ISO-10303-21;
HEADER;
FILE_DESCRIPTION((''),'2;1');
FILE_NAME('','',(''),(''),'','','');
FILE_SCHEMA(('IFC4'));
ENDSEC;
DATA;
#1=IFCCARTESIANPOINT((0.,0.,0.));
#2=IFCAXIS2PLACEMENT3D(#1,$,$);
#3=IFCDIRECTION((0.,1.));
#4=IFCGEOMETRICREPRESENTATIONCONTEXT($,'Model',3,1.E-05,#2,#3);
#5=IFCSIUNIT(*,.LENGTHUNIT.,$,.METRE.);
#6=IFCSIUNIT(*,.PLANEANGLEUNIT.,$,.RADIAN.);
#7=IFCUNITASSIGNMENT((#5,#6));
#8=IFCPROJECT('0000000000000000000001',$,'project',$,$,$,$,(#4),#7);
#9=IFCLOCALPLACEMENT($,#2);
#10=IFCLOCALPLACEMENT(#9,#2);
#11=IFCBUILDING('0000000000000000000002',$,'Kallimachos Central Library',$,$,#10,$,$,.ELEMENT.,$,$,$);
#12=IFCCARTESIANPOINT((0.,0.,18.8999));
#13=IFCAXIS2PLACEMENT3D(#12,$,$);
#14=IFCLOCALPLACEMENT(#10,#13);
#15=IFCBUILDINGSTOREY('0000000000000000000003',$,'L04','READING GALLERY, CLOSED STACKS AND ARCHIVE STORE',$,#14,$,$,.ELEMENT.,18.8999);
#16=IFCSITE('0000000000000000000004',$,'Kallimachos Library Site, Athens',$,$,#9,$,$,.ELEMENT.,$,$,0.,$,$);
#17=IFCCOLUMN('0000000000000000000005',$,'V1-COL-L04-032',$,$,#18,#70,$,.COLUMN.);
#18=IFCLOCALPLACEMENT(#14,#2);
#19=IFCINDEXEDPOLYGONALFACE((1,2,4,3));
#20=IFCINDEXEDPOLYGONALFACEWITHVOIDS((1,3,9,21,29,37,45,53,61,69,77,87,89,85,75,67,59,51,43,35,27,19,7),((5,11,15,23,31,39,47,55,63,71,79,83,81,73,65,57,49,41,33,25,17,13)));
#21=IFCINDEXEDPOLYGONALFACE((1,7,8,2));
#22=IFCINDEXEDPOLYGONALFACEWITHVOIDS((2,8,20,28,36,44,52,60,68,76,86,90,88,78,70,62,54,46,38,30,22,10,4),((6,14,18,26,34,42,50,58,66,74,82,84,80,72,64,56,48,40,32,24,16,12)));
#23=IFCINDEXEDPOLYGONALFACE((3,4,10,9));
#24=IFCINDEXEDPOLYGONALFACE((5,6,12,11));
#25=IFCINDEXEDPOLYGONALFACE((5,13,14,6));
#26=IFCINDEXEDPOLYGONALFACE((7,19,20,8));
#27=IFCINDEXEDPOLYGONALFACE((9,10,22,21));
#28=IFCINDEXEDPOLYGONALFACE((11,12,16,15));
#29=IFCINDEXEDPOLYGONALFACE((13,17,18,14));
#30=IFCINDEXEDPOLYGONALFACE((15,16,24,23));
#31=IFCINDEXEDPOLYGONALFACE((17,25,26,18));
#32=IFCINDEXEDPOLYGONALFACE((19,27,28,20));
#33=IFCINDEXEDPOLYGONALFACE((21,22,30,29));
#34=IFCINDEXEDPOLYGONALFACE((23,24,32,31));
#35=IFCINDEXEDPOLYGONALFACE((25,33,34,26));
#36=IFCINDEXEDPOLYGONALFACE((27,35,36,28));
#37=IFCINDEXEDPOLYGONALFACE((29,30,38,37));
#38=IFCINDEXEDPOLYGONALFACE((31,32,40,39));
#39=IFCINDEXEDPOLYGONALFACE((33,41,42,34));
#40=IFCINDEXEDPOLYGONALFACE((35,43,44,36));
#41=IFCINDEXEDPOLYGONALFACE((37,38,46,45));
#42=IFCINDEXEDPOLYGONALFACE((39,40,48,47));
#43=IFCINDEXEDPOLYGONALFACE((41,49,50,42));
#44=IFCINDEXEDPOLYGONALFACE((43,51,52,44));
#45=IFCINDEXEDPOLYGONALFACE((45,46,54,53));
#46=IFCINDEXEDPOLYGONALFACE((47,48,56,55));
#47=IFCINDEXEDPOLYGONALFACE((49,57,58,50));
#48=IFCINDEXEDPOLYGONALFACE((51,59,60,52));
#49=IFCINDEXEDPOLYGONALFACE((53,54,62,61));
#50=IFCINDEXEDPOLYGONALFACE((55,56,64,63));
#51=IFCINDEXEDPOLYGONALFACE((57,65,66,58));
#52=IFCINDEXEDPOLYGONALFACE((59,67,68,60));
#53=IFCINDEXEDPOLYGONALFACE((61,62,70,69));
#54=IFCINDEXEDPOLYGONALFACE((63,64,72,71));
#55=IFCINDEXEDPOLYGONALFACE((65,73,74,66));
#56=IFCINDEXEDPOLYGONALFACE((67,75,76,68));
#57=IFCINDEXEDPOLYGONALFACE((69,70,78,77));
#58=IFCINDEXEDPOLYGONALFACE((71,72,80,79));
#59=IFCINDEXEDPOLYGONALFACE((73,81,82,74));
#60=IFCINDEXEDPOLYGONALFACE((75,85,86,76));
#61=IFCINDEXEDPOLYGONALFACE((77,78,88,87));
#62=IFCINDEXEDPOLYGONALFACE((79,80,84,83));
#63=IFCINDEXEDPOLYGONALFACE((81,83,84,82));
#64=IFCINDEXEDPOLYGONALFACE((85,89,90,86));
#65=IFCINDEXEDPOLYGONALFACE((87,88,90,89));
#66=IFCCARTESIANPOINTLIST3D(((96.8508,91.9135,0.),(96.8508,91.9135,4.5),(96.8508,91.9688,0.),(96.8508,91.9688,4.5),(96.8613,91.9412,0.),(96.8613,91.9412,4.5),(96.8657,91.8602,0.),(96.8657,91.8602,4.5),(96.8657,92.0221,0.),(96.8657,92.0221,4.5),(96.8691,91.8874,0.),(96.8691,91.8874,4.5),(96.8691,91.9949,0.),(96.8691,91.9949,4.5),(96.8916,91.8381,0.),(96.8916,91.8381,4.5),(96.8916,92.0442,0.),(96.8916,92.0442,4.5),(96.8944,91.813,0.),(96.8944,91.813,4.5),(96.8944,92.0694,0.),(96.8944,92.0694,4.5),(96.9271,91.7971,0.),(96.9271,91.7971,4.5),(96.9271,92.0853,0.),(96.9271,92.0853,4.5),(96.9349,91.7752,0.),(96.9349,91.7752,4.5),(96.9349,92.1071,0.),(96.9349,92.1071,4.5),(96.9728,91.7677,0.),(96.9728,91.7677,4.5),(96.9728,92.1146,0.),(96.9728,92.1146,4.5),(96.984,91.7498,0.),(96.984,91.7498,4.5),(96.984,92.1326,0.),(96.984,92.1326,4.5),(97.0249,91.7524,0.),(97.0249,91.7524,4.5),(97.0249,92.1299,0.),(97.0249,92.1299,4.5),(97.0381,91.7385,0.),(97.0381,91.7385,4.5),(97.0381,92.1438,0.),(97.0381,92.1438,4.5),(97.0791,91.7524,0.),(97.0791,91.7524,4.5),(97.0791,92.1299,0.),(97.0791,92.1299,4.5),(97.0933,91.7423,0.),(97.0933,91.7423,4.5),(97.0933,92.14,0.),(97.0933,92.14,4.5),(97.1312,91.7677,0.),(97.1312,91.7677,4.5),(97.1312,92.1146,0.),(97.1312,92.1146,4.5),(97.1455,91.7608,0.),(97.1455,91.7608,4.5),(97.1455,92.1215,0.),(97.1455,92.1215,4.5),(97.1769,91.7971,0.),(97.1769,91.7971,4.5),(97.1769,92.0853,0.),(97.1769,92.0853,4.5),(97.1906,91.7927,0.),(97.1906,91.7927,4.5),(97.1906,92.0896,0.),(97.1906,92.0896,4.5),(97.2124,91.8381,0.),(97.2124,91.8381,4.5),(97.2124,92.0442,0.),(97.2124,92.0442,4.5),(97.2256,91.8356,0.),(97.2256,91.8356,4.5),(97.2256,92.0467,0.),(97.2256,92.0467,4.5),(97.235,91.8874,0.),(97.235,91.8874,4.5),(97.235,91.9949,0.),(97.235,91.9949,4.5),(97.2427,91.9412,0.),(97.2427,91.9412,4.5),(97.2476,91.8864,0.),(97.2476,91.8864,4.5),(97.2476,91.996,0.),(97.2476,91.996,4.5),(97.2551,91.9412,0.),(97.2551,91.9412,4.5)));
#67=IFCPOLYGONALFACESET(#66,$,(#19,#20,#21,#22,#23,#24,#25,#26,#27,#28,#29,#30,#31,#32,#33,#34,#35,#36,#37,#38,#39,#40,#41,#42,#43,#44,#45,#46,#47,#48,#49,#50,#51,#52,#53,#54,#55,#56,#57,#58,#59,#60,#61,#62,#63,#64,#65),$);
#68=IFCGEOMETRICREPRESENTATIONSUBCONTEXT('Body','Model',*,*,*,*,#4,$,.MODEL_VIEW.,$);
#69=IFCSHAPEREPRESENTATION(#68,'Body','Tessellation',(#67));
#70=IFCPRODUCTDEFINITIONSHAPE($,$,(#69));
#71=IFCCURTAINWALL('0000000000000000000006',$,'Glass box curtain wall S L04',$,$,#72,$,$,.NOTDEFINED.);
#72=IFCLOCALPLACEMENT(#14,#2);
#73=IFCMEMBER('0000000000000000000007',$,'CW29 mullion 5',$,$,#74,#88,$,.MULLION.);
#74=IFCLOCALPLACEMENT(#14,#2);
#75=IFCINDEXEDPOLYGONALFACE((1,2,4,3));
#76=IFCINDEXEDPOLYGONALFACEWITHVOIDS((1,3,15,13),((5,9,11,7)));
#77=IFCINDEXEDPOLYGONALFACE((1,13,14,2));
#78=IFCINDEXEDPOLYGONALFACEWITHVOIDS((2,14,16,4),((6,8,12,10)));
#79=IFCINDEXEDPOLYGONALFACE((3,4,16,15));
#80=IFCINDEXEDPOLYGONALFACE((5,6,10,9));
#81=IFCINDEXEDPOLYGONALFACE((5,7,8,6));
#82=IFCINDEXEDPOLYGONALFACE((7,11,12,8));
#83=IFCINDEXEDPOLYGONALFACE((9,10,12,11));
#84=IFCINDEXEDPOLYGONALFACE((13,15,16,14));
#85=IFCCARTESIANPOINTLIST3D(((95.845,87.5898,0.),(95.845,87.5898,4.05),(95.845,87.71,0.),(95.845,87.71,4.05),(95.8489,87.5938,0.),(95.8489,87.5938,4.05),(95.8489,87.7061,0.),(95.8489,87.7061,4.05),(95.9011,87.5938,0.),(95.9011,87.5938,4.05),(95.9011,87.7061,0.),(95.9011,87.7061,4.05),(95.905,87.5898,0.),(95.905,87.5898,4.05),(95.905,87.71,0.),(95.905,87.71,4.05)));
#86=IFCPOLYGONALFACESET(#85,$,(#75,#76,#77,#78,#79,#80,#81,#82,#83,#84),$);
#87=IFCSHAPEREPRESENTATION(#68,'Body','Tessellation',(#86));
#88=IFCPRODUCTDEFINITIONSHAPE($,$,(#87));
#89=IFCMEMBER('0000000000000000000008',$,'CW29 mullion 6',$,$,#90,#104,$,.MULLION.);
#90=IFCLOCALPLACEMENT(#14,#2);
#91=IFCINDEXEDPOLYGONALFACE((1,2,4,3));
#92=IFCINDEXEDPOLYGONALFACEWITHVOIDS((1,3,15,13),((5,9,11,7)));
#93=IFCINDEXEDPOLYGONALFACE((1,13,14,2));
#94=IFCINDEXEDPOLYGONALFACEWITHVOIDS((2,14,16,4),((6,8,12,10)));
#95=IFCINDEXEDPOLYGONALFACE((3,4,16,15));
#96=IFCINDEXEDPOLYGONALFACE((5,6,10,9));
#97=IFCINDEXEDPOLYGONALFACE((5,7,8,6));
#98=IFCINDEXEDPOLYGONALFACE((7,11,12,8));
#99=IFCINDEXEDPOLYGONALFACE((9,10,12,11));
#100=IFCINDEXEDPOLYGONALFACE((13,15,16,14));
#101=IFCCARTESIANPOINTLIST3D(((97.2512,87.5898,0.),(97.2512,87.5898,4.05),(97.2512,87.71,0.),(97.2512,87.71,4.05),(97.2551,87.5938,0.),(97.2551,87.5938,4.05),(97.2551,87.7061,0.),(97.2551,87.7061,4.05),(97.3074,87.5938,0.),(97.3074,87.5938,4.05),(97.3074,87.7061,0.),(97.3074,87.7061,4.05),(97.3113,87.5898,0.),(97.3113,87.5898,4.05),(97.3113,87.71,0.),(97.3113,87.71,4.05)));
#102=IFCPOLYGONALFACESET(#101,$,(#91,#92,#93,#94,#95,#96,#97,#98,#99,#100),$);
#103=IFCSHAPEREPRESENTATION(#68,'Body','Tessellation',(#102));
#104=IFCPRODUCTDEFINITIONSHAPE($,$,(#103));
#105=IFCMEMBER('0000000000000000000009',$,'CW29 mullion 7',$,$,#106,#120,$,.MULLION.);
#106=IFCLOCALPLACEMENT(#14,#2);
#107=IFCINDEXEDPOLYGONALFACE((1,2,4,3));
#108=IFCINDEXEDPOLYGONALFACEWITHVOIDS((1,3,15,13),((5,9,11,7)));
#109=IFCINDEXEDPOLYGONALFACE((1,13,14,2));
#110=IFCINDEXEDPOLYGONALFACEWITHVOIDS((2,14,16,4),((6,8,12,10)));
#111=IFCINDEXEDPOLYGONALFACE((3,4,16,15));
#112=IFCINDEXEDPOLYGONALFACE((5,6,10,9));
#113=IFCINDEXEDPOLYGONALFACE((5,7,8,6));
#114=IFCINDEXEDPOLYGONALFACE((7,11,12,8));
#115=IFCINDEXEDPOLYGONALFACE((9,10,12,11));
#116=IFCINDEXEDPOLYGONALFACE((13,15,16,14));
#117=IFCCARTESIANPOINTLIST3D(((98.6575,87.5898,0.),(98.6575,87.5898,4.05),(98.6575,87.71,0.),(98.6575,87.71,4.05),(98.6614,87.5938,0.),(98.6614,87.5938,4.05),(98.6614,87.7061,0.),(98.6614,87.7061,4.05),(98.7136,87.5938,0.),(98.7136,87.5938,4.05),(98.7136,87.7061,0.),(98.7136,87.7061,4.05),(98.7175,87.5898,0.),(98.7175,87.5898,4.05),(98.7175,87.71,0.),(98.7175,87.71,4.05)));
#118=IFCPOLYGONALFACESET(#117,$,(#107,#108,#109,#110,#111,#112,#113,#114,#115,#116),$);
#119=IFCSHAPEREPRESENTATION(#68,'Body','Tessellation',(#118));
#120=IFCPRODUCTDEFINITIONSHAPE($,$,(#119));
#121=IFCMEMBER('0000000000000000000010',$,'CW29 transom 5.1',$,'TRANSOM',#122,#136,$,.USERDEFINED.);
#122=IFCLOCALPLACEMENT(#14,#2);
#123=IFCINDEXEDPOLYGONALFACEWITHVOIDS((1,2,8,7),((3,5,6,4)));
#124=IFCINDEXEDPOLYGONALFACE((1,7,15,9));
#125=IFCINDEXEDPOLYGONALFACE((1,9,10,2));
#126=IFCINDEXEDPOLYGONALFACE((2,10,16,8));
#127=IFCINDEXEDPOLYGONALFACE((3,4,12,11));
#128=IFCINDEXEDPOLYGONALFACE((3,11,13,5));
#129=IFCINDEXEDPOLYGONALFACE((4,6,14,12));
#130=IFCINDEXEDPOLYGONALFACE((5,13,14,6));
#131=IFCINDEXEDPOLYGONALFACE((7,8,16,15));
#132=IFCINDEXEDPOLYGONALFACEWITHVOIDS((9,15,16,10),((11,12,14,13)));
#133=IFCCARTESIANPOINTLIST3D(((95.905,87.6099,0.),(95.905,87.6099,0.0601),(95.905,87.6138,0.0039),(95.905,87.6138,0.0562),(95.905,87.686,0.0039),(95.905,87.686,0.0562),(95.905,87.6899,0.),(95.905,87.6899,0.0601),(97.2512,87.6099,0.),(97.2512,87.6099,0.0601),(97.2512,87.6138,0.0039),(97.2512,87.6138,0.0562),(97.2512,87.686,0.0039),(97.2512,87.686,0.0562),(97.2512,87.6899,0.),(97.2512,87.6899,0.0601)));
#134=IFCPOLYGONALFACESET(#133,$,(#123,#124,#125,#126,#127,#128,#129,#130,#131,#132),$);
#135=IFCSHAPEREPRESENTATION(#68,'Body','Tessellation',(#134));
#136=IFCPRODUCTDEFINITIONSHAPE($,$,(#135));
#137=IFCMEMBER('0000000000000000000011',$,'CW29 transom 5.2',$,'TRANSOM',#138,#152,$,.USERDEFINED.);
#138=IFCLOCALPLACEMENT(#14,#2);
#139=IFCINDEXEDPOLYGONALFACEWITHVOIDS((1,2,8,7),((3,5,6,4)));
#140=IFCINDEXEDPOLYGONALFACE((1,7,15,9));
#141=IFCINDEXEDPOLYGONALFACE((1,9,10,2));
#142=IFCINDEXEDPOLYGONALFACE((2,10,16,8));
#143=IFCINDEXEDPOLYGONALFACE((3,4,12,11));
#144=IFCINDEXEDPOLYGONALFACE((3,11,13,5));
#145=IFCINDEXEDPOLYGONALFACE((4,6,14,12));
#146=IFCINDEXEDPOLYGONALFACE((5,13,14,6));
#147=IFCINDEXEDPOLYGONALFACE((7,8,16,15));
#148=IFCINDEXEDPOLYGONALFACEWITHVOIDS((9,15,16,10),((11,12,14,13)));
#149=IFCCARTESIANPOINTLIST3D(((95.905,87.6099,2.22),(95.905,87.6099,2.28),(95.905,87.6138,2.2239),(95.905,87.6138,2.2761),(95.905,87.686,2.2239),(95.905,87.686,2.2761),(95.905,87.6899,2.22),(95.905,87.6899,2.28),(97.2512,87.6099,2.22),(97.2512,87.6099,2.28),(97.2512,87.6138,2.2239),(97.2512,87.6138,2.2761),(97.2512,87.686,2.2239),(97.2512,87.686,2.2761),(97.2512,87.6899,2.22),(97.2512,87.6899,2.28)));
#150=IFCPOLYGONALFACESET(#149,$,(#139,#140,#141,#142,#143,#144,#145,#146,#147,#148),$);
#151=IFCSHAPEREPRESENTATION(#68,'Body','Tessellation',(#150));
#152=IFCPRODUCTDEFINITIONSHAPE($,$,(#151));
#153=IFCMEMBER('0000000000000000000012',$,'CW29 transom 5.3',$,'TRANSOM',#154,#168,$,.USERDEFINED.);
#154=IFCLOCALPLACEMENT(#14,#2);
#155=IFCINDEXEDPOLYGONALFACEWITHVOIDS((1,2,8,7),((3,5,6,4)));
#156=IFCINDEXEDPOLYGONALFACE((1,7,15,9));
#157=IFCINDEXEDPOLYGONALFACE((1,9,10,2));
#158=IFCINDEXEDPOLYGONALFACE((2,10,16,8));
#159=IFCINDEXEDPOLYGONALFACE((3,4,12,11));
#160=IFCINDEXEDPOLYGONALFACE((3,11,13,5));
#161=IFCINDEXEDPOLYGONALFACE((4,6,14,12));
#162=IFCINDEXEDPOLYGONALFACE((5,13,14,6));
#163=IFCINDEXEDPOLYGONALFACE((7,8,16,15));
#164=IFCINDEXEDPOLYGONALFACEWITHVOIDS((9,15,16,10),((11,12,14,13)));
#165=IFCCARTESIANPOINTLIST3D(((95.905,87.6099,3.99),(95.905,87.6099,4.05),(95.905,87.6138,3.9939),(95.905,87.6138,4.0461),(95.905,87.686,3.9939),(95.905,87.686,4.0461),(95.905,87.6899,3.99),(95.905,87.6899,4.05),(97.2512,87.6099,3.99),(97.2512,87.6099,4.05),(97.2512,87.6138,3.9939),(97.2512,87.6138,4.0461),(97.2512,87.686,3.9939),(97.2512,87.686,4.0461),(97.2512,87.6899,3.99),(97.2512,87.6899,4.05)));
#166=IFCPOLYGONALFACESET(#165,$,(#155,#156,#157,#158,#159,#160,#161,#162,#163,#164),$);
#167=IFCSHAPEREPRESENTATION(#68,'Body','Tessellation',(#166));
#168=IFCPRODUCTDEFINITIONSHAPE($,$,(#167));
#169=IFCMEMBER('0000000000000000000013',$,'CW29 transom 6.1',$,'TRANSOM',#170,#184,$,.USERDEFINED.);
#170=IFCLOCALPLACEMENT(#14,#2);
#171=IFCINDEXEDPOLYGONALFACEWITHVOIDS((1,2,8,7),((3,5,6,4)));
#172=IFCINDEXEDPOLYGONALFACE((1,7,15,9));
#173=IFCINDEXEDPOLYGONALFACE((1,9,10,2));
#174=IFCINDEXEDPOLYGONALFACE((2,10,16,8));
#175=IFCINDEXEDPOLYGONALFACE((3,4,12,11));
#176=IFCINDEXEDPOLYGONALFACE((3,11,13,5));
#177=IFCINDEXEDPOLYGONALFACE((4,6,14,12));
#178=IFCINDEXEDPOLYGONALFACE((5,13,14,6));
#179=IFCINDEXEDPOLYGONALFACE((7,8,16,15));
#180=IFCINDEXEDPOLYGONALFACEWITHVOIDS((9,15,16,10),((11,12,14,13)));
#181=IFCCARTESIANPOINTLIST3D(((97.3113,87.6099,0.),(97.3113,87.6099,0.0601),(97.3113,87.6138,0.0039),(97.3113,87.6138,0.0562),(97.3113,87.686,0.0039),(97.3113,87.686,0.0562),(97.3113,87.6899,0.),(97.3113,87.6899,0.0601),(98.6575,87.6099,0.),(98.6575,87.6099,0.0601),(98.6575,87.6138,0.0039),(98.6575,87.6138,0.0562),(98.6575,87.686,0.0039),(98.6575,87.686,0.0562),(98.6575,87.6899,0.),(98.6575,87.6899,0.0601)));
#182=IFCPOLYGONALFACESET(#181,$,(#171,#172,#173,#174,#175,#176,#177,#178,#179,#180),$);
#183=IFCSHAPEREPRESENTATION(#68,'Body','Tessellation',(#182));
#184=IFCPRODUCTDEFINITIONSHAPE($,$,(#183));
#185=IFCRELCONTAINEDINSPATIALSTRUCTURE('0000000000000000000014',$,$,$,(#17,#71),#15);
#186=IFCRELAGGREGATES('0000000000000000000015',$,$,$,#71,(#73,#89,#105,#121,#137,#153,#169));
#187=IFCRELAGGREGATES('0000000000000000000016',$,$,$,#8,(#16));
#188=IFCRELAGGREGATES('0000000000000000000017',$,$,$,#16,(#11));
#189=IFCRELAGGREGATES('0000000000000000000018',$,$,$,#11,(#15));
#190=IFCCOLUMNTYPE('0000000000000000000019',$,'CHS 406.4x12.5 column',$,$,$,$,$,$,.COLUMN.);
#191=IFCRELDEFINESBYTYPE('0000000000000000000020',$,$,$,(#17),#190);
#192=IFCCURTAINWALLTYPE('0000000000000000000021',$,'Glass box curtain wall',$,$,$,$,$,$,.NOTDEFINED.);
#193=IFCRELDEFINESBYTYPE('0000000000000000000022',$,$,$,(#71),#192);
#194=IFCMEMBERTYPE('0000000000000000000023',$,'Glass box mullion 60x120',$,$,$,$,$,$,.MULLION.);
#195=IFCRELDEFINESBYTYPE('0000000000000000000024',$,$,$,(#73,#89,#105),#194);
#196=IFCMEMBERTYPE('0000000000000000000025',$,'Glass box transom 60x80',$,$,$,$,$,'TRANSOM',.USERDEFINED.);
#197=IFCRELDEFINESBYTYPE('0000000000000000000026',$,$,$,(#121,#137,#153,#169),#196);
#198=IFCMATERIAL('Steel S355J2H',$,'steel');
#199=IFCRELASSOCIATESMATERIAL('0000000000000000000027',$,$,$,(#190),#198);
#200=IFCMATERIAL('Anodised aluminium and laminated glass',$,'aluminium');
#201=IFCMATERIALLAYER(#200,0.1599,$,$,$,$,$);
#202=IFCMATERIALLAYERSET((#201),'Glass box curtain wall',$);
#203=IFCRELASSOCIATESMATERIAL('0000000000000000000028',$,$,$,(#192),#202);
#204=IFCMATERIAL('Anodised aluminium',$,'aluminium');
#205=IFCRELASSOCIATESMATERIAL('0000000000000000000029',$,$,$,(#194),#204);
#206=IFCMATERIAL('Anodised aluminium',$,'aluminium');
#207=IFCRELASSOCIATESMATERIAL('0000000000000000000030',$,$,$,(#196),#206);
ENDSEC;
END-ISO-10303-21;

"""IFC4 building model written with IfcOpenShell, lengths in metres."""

from ifc_helpers import new_model, si_unit, direction, frame, origin, origin_2d, place, context, subcontext, project, spatial, hollow_rectangle, hollow_circle, extrude, material, layer, layer_set, material_profile, profile_set, type_object, element, aggregate, save


model = new_model("IFC4")

# Units and contexts
model_context = context("Model", 3, precision=1e-05, world=origin(), true_north=direction((0.0, 1.0)))
body_context = subcontext(model_context, "Body", "Model", "MODEL_VIEW")
ifc_project = project(units=[si_unit("LENGTHUNIT", "METRE"), si_unit("PLANEANGLEUNIT", "RADIAN")], contexts=[model_context])

# Site, building, storey
site_placement = place(None, origin())
site = spatial("IfcSite", under=ifc_project, at=site_placement, Name="Kallimachos Library Site, Athens", CompositionType="ELEMENT", RefElevation=0.0)
building_placement = place(site_placement, origin())
building = spatial("IfcBuilding", under=site, at=building_placement, Name="Kallimachos Central Library", CompositionType="ELEMENT")
storey_placement = place(building_placement, frame((0.0, 0.0, 18.8999)))
storey = spatial("IfcBuildingStorey", under=building, at=storey_placement, Name="L04", Description="READING GALLERY, CLOSED STACKS AND ARCHIVE STORE", CompositionType="ELEMENT", Elevation=18.8999)

# Column
ifc_material_1 = material(Name="Steel S355J2H", Category="steel")
ifc_material_profile_1 = material_profile(ifc_material_1, hollow_circle(Radius=0.2031, WallThickness=0.0125, at=origin_2d()), Name="CHS 406.4x12.5")
ifc_profile_set_1 = profile_set([ifc_material_profile_1], Name="Steel S355J2H")
column_type = type_object("IfcColumnType", Name="CHS 406.4x12.5 column", PredefinedType="COLUMN", material=ifc_profile_set_1)
column_placement = place(storey_placement, frame((97.052, 91.9412, 0.0), z_axis=(0.0, 0.0, 1.0), x_axis=(1.0, 0.0, 0.0)))
element("IfcColumn", 1, at=column_placement, inside=storey, type_object=column_type, Name="V1-COL-L04-032", PredefinedType="COLUMN", context=body_context, shape_type="SweptSolid", body=[
    extrude(hollow_circle(Radius=0.2031, WallThickness=0.0125, at=origin_2d()), origin(), (0.0, 0.0, 1.0), 4.5),
])

# Curtain wall, members
ifc_material_2 = material(Name="Anodised aluminium and laminated glass", Category="aluminium")
ifc_layer_1 = layer(ifc_material_2, 0.1599)
ifc_layer_set_1 = layer_set([ifc_layer_1], Name="Glass box curtain wall")
curtain_wall_type_1 = type_object("IfcCurtainWallType", Name="Glass box curtain wall", PredefinedType="NOTDEFINED", material=ifc_layer_set_1)
curtain_wall_1_placement = place(storey_placement, origin())
curtain_wall_1 = element("IfcCurtainWall", 2, at=curtain_wall_1_placement, inside=storey, type_object=curtain_wall_type_1, Name="Glass box curtain wall S L04", PredefinedType="NOTDEFINED")
ifc_material_3 = material(Name="Anodised aluminium", Category="aluminium")
ifc_material_profile_2 = material_profile(ifc_material_3, hollow_rectangle(XDim=0.0601, YDim=0.1201, WallThickness=0.0039, at=origin_2d()), Name="ALU MULLION 60x120")
ifc_profile_set_2 = profile_set([ifc_material_profile_2], Name="Anodised aluminium")
member_type_1 = type_object("IfcMemberType", Name="Glass box mullion 60x120", PredefinedType="MULLION", material=ifc_profile_set_2)
member_1_placement = place(storey_placement, frame((95.875, 87.6499, 0.0), z_axis=(0.0, 0.0, 1.0), x_axis=(1.0, 0.0, 0.0)))
member_1 = element("IfcMember", 3, at=member_1_placement, type_object=member_type_1, Name="CW29 mullion 5", PredefinedType="MULLION", context=body_context, shape_type="SweptSolid", body=[
    extrude(hollow_rectangle(XDim=0.0601, YDim=0.1201, WallThickness=0.0039, at=origin_2d()), origin(), (0.0, 0.0, 1.0), 4.05),
])
member_2_placement = place(storey_placement, frame((97.2812, 87.6499, 0.0), z_axis=(0.0, 0.0, 1.0), x_axis=(1.0, 0.0, 0.0)))
member_2 = element("IfcMember", 4, at=member_2_placement, type_object=member_type_1, Name="CW29 mullion 6", PredefinedType="MULLION", context=body_context, shape_type="SweptSolid", body=[
    extrude(hollow_rectangle(XDim=0.0601, YDim=0.1201, WallThickness=0.0039, at=origin_2d()), origin(), (0.0, 0.0, 1.0), 4.05),
])
member_3_placement = place(storey_placement, frame((98.6875, 87.6499, 0.0), z_axis=(0.0, 0.0, 1.0), x_axis=(1.0, 0.0, 0.0)))
member_3 = element("IfcMember", 5, at=member_3_placement, type_object=member_type_1, Name="CW29 mullion 7", PredefinedType="MULLION", context=body_context, shape_type="SweptSolid", body=[
    extrude(hollow_rectangle(XDim=0.0601, YDim=0.1201, WallThickness=0.0039, at=origin_2d()), origin(), (0.0, 0.0, 1.0), 4.05),
])
ifc_material_4 = material(Name="Anodised aluminium", Category="aluminium")
ifc_material_profile_3 = material_profile(ifc_material_4, hollow_rectangle(XDim=0.0601, YDim=0.0801, WallThickness=0.0039, at=origin_2d()), Name="ALU TRANSOM 60x80")
ifc_profile_set_3 = profile_set([ifc_material_profile_3], Name="Anodised aluminium")
member_type_2 = type_object("IfcMemberType", Name="Glass box transom 60x80", ElementType="TRANSOM", PredefinedType="USERDEFINED", material=ifc_profile_set_3)
member_4_placement = place(storey_placement, frame((95.905, 87.6499, 0.03), z_axis=(1.0, 0.0, 0.0), x_axis=(0.0, 0.0, 1.0)))
member_4 = element("IfcMember", 6, at=member_4_placement, type_object=member_type_2, Name="CW29 transom 5.1", ObjectType="TRANSOM", PredefinedType="USERDEFINED", context=body_context, shape_type="SweptSolid", body=[
    extrude(hollow_rectangle(XDim=0.0601, YDim=0.0801, WallThickness=0.0039, at=origin_2d()), origin(), (0.0, 0.0, 1.0), 1.3462),
])
member_5_placement = place(storey_placement, frame((95.905, 87.6499, 2.25), z_axis=(1.0, 0.0, 0.0), x_axis=(0.0, 0.0, 1.0)))
member_5 = element("IfcMember", 7, at=member_5_placement, type_object=member_type_2, Name="CW29 transom 5.2", ObjectType="TRANSOM", PredefinedType="USERDEFINED", context=body_context, shape_type="SweptSolid", body=[
    extrude(hollow_rectangle(XDim=0.0601, YDim=0.0801, WallThickness=0.0039, at=origin_2d()), origin(), (0.0, 0.0, 1.0), 1.3462),
])
member_6_placement = place(storey_placement, frame((95.905, 87.6499, 4.02), z_axis=(1.0, 0.0, 0.0), x_axis=(0.0, 0.0, 1.0)))
member_6 = element("IfcMember", 8, at=member_6_placement, type_object=member_type_2, Name="CW29 transom 5.3", ObjectType="TRANSOM", PredefinedType="USERDEFINED", context=body_context, shape_type="SweptSolid", body=[
    extrude(hollow_rectangle(XDim=0.0601, YDim=0.0801, WallThickness=0.0039, at=origin_2d()), origin(), (0.0, 0.0, 1.0), 1.3462),
])
member_7_placement = place(storey_placement, frame((97.3113, 87.6499, 0.03), z_axis=(1.0, 0.0, 0.0), x_axis=(0.0, 0.0, 1.0)))
member_7 = element("IfcMember", 9, at=member_7_placement, type_object=member_type_2, Name="CW29 transom 6.1", ObjectType="TRANSOM", PredefinedType="USERDEFINED", context=body_context, shape_type="SweptSolid", body=[
    extrude(hollow_rectangle(XDim=0.0601, YDim=0.0801, WallThickness=0.0039, at=origin_2d()), origin(), (0.0, 0.0, 1.0), 1.3462),
])

aggregate(curtain_wall_1, [member_1, member_2, member_3, member_4, member_5, member_6, member_7])

save(model, "model.ifc")
